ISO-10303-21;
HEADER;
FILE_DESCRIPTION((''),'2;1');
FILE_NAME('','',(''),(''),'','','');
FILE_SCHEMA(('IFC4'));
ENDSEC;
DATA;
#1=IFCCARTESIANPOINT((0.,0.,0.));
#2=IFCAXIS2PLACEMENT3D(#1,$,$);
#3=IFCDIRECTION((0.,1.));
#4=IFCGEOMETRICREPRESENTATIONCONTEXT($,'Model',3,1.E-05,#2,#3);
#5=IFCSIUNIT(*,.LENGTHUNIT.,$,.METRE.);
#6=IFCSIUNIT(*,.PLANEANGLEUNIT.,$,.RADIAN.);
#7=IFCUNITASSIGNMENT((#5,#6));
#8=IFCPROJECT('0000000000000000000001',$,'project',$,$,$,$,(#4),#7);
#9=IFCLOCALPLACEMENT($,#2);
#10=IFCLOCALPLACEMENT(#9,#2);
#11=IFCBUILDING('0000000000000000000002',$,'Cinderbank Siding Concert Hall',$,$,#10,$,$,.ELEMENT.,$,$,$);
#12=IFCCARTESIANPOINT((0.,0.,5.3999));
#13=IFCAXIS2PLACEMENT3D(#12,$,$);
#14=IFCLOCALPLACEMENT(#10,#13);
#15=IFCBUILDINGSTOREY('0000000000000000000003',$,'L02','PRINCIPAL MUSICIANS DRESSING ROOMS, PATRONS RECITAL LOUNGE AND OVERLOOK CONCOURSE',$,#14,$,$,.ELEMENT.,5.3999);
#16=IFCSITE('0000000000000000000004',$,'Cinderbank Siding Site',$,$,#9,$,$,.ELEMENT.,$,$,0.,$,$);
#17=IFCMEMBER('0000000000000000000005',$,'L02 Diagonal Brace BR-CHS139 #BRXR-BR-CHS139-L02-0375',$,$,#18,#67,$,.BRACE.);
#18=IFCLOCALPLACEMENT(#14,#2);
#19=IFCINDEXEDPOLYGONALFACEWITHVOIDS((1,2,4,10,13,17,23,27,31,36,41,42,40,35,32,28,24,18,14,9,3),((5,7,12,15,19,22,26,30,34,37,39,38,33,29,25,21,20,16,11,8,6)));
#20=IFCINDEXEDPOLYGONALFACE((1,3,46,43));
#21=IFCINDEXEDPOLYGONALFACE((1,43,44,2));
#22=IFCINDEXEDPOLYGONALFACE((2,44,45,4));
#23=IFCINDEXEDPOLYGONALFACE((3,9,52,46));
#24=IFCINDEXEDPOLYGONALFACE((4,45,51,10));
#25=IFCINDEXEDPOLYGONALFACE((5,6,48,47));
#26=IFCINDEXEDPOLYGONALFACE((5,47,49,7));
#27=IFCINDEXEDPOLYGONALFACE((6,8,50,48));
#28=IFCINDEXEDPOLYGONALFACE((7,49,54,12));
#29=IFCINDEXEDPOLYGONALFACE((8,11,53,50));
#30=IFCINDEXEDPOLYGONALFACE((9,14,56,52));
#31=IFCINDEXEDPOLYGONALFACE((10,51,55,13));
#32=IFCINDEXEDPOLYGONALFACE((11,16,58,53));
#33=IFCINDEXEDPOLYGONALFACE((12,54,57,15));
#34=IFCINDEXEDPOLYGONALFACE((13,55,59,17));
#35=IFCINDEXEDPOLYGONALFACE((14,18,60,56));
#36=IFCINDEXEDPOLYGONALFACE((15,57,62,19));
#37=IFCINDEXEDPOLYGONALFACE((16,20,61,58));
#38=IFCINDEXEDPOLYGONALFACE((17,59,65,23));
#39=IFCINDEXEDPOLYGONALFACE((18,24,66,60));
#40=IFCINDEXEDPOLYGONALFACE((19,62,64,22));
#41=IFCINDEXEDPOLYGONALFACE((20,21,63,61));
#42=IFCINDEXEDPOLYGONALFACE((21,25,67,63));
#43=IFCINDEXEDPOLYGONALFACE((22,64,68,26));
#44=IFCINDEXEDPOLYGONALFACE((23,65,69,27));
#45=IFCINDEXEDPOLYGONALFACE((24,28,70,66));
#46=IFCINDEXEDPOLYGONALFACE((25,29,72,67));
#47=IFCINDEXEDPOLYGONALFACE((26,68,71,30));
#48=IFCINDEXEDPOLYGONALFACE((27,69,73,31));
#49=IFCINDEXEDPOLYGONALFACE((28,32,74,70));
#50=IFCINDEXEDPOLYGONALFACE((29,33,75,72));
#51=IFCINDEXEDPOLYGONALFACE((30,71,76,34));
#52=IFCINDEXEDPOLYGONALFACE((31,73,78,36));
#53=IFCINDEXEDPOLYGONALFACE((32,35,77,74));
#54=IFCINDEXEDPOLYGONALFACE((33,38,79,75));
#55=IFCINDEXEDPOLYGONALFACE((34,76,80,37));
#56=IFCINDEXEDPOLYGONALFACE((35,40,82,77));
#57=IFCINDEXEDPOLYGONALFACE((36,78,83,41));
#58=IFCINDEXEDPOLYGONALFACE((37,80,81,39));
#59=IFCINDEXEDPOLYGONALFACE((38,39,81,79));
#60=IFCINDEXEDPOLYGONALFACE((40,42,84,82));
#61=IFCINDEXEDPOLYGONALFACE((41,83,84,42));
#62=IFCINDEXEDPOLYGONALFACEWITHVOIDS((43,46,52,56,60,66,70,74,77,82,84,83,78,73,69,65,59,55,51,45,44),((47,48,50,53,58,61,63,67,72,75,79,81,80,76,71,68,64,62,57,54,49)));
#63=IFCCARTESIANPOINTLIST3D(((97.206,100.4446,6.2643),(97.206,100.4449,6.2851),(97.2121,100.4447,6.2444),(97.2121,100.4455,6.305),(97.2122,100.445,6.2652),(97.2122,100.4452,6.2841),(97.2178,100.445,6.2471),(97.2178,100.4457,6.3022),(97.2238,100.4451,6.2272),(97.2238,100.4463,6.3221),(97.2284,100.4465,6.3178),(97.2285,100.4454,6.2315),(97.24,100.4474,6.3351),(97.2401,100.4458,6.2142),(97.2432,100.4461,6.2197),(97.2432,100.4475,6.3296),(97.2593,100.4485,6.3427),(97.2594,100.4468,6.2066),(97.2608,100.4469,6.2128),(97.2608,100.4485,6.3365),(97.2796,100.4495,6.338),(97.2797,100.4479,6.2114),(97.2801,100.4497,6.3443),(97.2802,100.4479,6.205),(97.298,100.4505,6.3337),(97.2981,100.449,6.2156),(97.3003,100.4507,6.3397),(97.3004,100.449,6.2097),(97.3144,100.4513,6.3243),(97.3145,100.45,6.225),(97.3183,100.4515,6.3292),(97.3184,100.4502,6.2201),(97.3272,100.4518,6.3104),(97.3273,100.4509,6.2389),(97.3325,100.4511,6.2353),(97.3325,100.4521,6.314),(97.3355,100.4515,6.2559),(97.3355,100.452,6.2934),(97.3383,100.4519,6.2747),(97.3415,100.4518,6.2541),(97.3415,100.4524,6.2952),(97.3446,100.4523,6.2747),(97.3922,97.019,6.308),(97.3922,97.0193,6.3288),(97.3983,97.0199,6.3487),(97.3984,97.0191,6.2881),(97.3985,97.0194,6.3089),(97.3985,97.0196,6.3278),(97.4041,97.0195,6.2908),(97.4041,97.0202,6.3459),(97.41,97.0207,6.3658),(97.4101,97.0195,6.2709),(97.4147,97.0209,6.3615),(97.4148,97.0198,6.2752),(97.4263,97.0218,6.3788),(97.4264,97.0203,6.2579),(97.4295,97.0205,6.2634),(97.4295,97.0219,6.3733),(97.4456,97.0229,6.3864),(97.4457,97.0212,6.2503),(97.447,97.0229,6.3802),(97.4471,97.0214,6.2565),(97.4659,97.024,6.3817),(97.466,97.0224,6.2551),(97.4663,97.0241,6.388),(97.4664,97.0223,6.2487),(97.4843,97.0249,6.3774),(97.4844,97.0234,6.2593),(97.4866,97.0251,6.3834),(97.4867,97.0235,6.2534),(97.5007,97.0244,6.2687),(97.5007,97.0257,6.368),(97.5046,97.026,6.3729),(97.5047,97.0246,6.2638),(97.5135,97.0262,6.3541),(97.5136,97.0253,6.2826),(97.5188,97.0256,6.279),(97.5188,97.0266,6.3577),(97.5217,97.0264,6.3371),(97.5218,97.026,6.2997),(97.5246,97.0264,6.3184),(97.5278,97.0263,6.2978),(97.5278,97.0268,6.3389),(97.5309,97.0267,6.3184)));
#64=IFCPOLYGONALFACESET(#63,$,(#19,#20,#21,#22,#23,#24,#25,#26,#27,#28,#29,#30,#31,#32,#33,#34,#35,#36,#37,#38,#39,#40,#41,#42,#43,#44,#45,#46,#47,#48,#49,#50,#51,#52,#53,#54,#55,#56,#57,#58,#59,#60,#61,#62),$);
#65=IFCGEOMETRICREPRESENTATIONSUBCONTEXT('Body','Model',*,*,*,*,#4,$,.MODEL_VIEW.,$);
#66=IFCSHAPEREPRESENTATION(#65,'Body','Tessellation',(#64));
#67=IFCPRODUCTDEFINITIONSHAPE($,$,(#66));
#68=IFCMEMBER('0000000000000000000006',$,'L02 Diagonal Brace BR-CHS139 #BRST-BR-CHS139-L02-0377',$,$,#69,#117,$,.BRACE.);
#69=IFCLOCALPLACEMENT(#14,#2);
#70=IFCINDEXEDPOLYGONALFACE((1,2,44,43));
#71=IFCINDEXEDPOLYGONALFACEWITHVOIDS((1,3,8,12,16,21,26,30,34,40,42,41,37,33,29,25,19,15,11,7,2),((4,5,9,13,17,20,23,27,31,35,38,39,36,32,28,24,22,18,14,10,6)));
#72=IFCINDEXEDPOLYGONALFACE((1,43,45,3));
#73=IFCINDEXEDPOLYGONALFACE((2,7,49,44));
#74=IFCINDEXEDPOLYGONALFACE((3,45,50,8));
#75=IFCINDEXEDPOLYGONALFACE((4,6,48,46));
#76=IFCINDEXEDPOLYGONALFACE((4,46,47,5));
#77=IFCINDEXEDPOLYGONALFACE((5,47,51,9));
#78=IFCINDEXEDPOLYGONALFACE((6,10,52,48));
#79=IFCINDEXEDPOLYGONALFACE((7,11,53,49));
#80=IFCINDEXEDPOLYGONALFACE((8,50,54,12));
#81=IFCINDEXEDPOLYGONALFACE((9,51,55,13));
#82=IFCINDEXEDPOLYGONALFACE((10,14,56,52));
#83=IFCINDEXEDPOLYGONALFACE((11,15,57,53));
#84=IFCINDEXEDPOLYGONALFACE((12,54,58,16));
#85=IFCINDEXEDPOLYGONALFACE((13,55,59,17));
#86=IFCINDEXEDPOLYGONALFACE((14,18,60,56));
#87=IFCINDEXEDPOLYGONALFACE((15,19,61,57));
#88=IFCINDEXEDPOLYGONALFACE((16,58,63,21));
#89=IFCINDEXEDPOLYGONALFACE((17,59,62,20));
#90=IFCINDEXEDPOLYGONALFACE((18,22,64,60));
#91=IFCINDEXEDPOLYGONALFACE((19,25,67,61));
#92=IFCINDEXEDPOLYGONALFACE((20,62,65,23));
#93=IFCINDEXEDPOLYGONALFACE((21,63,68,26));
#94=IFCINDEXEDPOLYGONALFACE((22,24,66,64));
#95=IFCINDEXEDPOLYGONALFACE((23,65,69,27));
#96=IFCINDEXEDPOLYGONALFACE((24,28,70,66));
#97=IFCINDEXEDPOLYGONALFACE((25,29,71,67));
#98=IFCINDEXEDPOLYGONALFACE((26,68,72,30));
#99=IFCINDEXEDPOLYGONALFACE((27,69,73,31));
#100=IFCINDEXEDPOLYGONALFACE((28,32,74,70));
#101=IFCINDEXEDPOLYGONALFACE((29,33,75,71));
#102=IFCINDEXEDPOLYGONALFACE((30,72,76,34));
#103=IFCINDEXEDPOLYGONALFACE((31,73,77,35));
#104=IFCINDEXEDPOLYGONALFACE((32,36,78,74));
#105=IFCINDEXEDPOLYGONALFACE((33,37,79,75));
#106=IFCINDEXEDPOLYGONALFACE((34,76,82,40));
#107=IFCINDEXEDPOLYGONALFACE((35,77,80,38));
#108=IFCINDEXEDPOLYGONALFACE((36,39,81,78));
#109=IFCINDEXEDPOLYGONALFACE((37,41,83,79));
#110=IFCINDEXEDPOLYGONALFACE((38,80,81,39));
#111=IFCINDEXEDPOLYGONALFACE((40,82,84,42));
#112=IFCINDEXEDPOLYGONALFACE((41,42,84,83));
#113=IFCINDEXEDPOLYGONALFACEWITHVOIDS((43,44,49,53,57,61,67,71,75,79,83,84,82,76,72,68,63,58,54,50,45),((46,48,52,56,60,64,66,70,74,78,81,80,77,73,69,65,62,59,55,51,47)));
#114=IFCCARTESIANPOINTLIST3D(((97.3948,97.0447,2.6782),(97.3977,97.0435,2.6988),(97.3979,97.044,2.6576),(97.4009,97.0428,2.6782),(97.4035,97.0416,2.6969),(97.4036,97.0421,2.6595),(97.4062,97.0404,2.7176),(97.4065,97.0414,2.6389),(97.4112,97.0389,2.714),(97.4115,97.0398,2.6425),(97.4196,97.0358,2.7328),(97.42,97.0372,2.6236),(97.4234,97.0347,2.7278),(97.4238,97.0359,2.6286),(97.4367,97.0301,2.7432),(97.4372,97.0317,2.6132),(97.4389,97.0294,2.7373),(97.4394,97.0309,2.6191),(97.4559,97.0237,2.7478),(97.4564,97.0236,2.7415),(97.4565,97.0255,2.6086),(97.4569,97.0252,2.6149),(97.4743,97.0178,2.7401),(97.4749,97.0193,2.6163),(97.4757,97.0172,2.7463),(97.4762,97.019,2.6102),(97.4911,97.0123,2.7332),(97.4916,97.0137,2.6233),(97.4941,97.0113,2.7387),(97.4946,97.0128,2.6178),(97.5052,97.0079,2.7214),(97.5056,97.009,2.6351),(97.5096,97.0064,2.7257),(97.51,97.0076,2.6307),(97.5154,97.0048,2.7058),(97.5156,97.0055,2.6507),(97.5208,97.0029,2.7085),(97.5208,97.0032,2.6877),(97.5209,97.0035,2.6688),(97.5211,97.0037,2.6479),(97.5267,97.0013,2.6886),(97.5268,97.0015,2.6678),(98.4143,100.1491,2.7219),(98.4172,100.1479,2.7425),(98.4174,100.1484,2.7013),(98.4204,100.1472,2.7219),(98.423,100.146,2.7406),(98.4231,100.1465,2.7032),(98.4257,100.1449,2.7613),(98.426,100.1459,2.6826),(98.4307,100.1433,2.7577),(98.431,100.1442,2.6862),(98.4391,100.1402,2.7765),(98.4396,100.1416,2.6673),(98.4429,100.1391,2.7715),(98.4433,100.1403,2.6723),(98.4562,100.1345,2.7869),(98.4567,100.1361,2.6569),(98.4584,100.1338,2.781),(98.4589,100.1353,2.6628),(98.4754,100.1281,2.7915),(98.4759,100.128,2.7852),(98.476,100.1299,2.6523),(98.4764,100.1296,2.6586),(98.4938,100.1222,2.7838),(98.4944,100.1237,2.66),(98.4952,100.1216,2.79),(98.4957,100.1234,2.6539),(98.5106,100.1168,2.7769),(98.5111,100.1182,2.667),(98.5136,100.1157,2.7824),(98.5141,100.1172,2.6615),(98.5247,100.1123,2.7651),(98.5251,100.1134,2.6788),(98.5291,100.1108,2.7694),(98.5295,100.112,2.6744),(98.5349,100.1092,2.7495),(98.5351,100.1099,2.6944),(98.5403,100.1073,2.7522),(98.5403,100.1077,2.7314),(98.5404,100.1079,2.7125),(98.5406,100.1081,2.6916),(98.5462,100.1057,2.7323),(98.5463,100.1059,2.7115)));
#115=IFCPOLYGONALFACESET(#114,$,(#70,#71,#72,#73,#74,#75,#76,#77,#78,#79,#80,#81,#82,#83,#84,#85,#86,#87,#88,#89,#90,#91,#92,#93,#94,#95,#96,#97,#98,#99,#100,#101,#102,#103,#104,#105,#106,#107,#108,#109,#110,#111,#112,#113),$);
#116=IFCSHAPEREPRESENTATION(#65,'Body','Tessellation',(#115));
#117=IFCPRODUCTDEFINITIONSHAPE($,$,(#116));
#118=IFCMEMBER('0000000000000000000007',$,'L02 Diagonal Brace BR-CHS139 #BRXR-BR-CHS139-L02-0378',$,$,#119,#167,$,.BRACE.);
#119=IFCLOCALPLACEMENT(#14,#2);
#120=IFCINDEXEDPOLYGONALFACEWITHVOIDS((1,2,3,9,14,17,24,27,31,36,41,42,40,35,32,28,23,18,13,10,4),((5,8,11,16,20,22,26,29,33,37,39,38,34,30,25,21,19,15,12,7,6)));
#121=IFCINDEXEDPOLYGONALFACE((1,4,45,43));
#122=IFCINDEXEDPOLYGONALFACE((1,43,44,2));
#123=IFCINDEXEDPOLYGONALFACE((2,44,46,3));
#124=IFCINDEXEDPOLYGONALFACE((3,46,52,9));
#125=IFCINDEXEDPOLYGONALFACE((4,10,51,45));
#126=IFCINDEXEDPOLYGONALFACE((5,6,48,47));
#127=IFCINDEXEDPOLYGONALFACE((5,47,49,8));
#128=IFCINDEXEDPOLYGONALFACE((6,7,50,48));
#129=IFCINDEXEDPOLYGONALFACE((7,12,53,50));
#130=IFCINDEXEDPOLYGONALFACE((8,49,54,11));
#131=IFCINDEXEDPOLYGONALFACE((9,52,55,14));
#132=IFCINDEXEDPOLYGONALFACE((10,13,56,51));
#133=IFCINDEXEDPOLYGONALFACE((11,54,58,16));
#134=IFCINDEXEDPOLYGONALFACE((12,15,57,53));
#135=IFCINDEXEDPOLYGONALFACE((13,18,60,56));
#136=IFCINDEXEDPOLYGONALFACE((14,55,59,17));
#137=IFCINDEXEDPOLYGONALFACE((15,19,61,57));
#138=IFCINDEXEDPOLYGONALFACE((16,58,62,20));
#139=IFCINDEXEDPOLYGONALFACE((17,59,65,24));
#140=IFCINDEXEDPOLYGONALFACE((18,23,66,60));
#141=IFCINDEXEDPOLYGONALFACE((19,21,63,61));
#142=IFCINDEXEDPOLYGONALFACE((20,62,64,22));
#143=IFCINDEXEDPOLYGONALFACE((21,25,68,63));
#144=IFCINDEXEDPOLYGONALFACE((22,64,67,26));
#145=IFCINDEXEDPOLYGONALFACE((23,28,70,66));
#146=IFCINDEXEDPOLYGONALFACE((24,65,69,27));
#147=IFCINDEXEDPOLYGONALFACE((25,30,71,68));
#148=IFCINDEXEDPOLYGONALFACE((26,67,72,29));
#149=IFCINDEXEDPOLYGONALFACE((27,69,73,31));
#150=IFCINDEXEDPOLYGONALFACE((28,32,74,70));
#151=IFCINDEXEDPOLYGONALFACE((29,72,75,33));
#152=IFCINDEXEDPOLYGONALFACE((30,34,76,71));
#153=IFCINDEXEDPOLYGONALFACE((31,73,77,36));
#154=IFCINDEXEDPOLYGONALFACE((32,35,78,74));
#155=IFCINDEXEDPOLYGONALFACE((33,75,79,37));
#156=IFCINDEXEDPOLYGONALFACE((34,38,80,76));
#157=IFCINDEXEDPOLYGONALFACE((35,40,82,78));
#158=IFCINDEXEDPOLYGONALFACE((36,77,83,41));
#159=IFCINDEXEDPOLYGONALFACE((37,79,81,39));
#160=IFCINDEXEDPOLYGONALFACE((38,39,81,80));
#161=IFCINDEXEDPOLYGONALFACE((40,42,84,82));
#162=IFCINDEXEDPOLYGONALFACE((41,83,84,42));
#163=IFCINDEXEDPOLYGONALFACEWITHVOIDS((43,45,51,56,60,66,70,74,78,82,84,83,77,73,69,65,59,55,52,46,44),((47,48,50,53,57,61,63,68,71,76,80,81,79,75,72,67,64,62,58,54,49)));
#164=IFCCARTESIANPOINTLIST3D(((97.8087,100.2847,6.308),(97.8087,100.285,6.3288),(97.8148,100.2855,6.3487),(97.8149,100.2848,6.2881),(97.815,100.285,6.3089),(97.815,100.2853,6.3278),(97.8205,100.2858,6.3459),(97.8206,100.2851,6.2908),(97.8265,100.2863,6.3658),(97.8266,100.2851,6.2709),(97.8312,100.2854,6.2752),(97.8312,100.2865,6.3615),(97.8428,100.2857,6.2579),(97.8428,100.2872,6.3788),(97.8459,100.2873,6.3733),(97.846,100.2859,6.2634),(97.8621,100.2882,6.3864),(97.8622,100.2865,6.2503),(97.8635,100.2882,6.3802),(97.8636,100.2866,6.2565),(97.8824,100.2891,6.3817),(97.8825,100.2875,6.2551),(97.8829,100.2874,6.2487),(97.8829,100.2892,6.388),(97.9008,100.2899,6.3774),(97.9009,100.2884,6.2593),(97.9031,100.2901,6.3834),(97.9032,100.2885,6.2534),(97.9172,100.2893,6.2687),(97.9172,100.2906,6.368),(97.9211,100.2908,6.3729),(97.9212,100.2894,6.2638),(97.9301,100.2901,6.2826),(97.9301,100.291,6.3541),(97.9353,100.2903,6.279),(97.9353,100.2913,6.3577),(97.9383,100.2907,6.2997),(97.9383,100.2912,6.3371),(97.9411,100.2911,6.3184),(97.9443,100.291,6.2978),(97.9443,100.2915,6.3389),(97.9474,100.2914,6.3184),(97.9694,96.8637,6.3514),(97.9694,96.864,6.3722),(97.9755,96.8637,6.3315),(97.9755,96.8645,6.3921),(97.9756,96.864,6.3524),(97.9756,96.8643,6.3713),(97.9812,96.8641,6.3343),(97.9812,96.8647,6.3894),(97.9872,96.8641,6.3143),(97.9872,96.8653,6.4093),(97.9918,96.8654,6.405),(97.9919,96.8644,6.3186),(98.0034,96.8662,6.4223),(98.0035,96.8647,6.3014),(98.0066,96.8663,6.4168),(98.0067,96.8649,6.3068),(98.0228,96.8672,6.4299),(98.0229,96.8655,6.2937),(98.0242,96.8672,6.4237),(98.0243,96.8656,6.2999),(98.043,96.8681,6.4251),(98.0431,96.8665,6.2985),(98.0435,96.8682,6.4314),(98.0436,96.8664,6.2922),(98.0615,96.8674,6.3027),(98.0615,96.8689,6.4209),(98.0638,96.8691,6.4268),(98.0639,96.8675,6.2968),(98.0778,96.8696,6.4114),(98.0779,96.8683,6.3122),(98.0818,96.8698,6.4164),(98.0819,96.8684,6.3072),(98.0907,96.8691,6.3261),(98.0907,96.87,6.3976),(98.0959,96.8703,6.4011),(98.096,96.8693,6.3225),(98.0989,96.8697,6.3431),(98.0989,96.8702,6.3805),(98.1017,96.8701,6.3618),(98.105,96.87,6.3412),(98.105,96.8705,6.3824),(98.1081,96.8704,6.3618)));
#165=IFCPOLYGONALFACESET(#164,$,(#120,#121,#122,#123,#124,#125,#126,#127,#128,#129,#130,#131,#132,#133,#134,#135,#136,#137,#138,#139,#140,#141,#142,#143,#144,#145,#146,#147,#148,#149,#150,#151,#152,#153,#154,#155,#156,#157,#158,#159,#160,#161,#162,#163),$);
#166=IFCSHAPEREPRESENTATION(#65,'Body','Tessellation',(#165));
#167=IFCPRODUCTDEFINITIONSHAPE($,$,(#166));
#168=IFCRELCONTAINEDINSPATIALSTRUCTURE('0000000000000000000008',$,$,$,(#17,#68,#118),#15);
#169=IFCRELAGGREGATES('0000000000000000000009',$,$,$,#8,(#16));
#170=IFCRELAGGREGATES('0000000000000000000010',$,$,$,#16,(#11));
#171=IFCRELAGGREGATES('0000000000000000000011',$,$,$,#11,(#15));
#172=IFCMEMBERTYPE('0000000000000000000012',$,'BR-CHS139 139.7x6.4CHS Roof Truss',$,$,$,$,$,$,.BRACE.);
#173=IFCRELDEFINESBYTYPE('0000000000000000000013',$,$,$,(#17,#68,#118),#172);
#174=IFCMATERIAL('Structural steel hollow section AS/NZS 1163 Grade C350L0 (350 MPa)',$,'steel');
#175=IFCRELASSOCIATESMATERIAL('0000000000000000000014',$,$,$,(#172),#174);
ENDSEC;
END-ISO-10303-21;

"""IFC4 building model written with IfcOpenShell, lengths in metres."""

from ifc_helpers import new_model, si_unit, direction, frame, origin, origin_2d, place, context, subcontext, project, spatial, hollow_circle, extrude, material, material_profile, profile_set, type_object, element, save


model = new_model("IFC4")

# Units and contexts
model_context = context("Model", 3, precision=1e-05, world=origin(), true_north=direction((0.0, 1.0)))
body_context = subcontext(model_context, "Body", "Model", "MODEL_VIEW")
ifc_project = project(units=[si_unit("LENGTHUNIT", "METRE"), si_unit("PLANEANGLEUNIT", "RADIAN")], contexts=[model_context])

# Site, building, storey
site_placement = place(None, origin())
site = spatial("IfcSite", under=ifc_project, at=site_placement, Name="Cinderbank Siding Site", CompositionType="ELEMENT", RefElevation=0.0)
building_placement = place(site_placement, origin())
building = spatial("IfcBuilding", under=site, at=building_placement, Name="Cinderbank Siding Concert Hall", CompositionType="ELEMENT")
storey_placement = place(building_placement, frame((0.0, 0.0, 5.3999)))
storey = spatial("IfcBuildingStorey", under=building, at=storey_placement, Name="L02", Description="PRINCIPAL MUSICIANS DRESSING ROOMS, PATRONS RECITAL LOUNGE AND OVERLOOK CONCOURSE", CompositionType="ELEMENT", Elevation=5.3999)

# Members
ifc_material_1 = material(Name="Structural steel hollow section AS/NZS 1163 Grade C350L0 (350 MPa)", Category="steel")
ifc_material_profile_1 = material_profile(ifc_material_1, hollow_circle(Radius=0.0698, WallThickness=0.0063, at=origin_2d()), Name="139.7x6.4CHS", Category="LoadBearing")
ifc_profile_set_1 = profile_set([ifc_material_profile_1], Name="Structural steel hollow section AS/NZS 1163 Grade C350L0 (350 MPa)")
member_type_1 = type_object("IfcMemberType", Name="BR-CHS139 139.7x6.4CHS Roof Truss", PredefinedType="BRACE", material=ifc_profile_set_1)
member_1_placement = place(storey_placement, frame((97.2749, 100.4485, 6.2747), z_axis=(0.054295, -0.998444, 0.012738), x_axis=(0.998525, 0.054299, 0.0)))
element("IfcMember", 1, at=member_1_placement, inside=storey, type_object=member_type_1, Name="L02 Diagonal Brace BR-CHS139 #BRXR-BR-CHS139-L02-0375", PredefinedType="BRACE", context=body_context, shape_type="SweptSolid", body=[
    extrude(hollow_circle(Radius=0.0698, WallThickness=0.0063, at=origin_2d()), origin(), (0.0, 0.0, 1.0), 3.4309),
])
member_2_placement = place(storey_placement, frame((97.4612, 97.0229, 2.6782), z_axis=(0.311983, 0.949994, 0.013373), x_axis=(-0.950079, 0.312011, 0.0)))
element("IfcMember", 2, at=member_2_placement, inside=storey, type_object=member_type_1, Name="L02 Diagonal Brace BR-CHS139 #BRST-BR-CHS139-L02-0377", PredefinedType="BRACE", context=body_context, shape_type="SweptSolid", body=[
    extrude(hollow_circle(Radius=0.0698, WallThickness=0.0063, at=origin_2d()), origin(), (0.0, 0.0, 1.0), 3.2678),
])
member_3_placement = place(storey_placement, frame((97.8777, 100.2881, 6.3184), z_axis=(0.046904, -0.998819, 0.012688), x_axis=(0.998899, 0.046908, 0.0)))
element("IfcMember", 3, at=member_3_placement, inside=storey, type_object=member_type_1, Name="L02 Diagonal Brace BR-CHS139 #BRXR-BR-CHS139-L02-0378", PredefinedType="BRACE", context=body_context, shape_type="SweptSolid", body=[
    extrude(hollow_circle(Radius=0.0698, WallThickness=0.0063, at=origin_2d()), origin(), (0.0, 0.0, 1.0), 3.425),
])

save(model, "model.ifc")
